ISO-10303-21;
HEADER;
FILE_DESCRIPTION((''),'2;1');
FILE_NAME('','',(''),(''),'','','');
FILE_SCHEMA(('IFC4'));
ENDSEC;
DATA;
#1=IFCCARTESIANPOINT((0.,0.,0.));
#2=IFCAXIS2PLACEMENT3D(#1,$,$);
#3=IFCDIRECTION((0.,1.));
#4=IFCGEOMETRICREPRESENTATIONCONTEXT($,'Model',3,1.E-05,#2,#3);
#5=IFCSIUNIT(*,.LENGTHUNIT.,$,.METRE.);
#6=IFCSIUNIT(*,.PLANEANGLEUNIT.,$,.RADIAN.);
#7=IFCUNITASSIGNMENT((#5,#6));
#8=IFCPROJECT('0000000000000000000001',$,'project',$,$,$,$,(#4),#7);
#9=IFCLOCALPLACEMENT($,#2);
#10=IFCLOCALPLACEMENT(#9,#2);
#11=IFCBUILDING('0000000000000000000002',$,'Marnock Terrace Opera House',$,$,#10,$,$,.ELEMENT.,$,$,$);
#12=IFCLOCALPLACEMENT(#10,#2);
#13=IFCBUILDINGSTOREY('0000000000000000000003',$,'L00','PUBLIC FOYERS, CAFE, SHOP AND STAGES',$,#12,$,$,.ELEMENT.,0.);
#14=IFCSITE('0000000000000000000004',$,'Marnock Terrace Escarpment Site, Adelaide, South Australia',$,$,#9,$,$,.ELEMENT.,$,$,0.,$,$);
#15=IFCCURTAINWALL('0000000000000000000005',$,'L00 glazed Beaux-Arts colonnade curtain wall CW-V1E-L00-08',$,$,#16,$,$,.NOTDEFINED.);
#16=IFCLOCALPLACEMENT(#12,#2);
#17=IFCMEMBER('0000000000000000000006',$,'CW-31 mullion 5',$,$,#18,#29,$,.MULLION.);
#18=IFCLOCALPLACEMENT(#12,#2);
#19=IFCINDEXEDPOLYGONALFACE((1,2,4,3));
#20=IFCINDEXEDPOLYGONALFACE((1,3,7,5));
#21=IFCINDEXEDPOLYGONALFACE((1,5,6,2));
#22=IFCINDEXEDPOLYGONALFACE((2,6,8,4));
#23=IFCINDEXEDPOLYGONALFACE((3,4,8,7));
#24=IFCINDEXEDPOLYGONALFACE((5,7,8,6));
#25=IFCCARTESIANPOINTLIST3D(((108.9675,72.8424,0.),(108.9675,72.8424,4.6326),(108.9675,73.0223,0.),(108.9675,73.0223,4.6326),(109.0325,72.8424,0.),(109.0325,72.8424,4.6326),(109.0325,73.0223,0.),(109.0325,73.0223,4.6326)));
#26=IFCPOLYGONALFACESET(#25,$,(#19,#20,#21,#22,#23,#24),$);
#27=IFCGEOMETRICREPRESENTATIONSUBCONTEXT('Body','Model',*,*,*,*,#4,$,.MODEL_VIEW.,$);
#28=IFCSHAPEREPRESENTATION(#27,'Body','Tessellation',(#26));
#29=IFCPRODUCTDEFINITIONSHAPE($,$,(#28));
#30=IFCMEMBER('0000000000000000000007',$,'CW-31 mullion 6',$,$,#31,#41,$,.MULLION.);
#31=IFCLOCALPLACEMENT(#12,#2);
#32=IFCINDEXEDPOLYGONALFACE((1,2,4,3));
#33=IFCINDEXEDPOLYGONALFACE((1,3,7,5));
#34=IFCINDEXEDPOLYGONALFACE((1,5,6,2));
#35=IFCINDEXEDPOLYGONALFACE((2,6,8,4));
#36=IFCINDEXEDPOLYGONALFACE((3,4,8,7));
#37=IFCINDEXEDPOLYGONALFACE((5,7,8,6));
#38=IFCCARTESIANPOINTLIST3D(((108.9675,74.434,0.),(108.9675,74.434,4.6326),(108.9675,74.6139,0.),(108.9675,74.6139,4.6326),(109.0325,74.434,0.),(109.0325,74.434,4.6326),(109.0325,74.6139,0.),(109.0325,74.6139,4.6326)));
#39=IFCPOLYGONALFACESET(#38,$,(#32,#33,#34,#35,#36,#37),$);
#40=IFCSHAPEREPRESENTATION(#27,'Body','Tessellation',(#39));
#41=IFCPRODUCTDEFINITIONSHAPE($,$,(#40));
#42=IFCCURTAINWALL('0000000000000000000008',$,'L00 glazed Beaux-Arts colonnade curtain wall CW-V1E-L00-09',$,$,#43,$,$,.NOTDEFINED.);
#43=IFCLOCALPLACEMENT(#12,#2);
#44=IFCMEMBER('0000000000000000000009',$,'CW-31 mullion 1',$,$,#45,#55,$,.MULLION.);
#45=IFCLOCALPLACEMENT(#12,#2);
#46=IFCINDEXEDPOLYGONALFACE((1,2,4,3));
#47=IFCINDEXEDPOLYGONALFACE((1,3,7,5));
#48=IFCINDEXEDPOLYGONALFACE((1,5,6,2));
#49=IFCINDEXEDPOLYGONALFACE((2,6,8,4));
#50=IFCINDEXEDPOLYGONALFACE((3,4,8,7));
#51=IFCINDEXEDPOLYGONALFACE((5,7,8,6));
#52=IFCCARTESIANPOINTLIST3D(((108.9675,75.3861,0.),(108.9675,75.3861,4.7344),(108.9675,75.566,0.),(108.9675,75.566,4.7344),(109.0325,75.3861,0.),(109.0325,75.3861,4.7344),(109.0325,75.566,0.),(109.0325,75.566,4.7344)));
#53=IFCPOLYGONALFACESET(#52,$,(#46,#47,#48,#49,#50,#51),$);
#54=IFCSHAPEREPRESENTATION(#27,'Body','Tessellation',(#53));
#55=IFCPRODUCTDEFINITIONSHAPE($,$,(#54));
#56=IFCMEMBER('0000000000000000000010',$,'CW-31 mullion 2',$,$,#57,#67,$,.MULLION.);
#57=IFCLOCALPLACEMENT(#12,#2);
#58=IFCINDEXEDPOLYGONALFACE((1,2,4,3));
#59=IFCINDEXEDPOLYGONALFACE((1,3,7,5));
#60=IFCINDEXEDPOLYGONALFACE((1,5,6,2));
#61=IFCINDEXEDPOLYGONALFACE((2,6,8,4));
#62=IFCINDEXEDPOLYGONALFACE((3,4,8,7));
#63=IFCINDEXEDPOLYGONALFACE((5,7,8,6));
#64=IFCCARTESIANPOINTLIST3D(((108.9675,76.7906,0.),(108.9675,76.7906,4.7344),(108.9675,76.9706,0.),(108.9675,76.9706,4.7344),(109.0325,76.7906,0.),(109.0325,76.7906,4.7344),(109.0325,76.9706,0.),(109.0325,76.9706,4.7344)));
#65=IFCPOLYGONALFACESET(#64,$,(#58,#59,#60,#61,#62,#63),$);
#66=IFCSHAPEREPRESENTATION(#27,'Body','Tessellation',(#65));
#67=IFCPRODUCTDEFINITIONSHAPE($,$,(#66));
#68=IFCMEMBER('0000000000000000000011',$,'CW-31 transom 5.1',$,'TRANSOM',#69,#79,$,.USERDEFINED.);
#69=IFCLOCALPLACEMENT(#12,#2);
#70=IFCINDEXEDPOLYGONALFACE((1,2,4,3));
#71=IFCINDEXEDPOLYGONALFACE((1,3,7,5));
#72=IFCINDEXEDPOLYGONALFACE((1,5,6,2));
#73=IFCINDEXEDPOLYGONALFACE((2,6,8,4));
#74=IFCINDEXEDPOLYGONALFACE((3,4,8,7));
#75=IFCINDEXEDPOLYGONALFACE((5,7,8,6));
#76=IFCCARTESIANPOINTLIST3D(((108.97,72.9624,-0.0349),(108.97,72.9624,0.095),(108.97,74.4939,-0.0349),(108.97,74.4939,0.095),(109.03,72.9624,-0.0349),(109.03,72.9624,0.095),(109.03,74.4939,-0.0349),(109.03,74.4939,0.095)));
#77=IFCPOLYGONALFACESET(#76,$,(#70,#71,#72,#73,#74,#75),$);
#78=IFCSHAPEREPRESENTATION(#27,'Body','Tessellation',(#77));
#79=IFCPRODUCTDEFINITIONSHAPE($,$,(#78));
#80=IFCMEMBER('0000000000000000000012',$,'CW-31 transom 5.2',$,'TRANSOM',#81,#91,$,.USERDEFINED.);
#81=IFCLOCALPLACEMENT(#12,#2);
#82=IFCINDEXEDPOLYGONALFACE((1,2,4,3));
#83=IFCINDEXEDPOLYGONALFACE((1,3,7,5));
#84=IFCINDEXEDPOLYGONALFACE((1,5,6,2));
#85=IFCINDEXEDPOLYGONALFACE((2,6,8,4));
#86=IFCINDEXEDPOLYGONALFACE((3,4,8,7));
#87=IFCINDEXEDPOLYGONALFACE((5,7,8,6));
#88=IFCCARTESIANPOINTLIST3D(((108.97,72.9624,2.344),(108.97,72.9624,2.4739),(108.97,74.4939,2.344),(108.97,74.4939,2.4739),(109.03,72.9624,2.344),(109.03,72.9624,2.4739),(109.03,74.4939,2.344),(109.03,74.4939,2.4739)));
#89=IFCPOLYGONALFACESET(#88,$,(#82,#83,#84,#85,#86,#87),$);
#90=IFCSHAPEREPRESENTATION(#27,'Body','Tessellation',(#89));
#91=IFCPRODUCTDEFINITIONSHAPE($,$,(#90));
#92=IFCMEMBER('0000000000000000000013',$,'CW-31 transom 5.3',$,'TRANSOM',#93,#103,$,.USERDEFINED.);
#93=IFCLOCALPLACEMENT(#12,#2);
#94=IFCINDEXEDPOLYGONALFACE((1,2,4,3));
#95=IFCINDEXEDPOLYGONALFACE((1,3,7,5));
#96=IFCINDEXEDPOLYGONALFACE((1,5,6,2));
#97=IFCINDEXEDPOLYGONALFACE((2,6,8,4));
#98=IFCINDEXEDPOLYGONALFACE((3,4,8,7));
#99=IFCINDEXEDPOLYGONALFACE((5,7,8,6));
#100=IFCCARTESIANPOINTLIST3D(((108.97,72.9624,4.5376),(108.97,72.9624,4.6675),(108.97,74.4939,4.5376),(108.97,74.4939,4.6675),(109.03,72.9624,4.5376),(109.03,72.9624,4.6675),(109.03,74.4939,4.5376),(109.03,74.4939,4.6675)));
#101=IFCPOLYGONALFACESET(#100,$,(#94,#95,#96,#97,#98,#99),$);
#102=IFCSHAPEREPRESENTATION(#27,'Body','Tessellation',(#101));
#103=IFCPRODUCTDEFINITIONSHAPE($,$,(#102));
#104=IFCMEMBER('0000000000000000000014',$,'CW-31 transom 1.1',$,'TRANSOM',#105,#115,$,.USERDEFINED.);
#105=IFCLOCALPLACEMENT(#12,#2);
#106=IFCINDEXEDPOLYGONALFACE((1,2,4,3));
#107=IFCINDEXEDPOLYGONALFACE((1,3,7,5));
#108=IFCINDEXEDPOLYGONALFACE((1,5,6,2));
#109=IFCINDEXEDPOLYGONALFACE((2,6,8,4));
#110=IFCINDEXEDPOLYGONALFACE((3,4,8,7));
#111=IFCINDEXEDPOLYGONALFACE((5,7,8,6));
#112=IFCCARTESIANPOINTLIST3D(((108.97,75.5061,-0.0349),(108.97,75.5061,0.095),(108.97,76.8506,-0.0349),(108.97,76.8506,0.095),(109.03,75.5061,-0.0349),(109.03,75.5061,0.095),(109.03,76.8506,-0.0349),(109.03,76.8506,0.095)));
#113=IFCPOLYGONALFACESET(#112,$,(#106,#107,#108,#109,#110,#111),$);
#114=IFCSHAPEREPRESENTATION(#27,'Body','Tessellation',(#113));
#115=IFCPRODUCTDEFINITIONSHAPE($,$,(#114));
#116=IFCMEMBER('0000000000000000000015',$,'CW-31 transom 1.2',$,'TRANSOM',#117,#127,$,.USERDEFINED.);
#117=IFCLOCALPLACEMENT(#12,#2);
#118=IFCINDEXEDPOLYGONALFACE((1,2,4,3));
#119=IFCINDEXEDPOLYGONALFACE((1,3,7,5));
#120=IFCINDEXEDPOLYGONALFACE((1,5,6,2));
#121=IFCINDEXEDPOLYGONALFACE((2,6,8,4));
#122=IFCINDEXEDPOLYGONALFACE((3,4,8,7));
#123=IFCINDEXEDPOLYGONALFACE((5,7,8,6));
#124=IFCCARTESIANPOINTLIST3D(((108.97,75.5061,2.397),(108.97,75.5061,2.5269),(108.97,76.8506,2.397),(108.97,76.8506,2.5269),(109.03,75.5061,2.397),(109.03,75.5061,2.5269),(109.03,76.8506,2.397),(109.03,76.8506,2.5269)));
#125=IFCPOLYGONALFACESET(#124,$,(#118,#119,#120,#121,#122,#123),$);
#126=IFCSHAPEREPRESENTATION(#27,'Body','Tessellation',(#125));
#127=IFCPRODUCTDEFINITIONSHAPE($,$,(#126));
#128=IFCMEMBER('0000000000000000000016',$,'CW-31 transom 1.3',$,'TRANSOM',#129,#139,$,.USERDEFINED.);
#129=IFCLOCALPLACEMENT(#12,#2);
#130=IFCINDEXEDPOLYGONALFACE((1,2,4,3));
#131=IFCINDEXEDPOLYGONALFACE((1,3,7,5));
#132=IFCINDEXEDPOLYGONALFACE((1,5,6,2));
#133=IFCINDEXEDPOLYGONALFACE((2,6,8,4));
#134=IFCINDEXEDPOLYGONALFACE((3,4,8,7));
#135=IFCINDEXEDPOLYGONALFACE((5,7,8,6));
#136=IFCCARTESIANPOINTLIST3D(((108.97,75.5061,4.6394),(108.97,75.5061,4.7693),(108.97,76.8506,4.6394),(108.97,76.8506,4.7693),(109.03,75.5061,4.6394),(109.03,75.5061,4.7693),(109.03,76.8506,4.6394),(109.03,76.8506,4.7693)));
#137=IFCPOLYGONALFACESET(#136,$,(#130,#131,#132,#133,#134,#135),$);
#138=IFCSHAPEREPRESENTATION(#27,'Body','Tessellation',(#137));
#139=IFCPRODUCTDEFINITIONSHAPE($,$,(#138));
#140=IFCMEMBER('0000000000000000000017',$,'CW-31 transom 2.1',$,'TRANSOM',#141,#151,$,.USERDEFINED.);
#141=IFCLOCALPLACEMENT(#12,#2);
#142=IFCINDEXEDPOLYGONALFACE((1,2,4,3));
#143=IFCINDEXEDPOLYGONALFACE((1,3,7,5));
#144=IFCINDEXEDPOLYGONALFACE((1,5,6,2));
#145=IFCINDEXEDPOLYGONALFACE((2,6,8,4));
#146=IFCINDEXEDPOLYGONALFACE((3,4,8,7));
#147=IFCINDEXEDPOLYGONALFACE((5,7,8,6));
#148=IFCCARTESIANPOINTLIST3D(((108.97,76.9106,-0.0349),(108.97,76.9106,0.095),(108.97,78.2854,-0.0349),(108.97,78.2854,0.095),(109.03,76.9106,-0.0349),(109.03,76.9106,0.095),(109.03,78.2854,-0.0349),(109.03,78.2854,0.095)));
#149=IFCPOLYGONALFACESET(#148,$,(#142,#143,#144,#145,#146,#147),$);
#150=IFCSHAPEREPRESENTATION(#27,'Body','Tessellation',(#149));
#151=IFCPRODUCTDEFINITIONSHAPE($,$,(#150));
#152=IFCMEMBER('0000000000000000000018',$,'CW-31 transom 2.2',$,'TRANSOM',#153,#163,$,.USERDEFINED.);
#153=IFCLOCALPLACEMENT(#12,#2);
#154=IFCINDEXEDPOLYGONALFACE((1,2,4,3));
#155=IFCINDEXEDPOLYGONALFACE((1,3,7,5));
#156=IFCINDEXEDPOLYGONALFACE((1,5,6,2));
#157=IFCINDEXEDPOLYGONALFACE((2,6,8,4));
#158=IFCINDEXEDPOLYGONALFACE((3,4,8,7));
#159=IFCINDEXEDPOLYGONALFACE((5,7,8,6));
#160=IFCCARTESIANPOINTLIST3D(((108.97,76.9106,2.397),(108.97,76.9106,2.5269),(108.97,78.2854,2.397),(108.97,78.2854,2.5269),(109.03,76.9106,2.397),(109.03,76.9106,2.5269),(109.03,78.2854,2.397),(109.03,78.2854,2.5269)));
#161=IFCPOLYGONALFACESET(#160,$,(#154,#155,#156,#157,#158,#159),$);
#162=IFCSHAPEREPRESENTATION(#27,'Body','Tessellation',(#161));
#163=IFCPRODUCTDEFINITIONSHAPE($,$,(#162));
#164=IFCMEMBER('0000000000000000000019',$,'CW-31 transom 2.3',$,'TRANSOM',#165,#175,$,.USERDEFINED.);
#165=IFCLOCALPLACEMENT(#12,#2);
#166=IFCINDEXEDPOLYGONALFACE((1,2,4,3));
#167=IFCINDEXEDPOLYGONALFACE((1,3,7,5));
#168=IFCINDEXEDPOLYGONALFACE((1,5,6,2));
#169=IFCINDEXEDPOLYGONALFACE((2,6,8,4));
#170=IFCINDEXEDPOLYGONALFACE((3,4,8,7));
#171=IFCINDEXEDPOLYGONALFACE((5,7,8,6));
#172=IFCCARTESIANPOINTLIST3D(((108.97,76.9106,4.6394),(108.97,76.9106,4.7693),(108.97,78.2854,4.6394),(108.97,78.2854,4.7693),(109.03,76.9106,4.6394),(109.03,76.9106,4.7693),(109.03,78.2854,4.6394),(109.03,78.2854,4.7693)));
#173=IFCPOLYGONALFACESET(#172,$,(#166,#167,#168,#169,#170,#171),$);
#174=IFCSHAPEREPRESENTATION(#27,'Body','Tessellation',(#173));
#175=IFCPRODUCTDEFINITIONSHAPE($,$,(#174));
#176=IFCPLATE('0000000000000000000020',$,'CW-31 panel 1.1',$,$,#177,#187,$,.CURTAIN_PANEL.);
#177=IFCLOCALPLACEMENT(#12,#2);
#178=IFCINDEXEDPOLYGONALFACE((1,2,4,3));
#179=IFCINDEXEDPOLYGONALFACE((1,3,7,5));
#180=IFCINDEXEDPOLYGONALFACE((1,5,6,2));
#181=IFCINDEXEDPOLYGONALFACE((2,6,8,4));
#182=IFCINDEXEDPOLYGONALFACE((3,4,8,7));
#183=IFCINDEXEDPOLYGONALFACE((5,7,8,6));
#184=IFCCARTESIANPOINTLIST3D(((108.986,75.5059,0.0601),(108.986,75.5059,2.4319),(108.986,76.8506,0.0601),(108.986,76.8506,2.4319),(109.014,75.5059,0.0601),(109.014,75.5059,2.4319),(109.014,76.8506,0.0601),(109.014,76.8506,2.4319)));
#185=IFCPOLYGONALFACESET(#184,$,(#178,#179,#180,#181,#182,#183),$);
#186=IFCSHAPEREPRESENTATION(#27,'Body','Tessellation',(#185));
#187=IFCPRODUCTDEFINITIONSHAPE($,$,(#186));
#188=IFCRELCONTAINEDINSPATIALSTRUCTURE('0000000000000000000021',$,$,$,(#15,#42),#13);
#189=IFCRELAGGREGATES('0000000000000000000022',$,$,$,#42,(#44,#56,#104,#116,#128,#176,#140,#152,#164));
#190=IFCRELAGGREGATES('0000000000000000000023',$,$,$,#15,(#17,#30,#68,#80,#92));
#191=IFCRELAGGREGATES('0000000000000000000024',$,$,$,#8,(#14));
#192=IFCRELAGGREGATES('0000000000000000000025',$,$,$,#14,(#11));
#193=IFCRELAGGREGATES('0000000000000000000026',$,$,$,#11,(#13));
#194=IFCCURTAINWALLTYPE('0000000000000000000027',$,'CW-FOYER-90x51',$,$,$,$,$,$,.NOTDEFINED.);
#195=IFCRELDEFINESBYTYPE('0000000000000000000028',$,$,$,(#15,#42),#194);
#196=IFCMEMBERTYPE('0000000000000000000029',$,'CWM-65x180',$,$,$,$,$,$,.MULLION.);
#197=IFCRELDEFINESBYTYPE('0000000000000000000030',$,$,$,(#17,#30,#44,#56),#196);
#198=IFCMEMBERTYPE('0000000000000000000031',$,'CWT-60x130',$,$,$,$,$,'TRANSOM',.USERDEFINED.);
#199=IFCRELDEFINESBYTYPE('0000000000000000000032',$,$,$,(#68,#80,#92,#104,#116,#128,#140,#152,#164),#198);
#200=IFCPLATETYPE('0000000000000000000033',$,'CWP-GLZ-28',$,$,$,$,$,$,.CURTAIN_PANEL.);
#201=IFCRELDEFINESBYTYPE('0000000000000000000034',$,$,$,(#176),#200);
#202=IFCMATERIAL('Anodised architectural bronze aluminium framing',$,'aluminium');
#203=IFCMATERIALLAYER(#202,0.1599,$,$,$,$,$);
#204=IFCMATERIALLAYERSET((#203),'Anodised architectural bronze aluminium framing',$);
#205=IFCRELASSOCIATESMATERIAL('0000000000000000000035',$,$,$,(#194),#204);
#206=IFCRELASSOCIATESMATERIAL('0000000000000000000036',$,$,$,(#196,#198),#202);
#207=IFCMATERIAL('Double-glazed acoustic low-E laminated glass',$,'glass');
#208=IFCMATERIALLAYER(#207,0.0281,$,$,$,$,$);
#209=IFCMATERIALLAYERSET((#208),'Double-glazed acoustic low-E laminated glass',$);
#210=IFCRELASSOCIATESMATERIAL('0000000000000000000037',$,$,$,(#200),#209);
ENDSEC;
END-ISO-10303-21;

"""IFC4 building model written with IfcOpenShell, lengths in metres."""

from ifc_helpers import new_model, si_unit, direction, frame, origin, origin_2d, place, context, subcontext, project, spatial, rectangle, extrude, material, layer, layer_set, material_profile, profile_set, type_object, element, aggregate, save


model = new_model("IFC4")

# Units and contexts
model_context = context("Model", 3, precision=1e-05, world=origin(), true_north=direction((0.0, 1.0)))
body_context = subcontext(model_context, "Body", "Model", "MODEL_VIEW")
ifc_project = project(units=[si_unit("LENGTHUNIT", "METRE"), si_unit("PLANEANGLEUNIT", "RADIAN")], contexts=[model_context])

# Site, building, storey
site_placement = place(None, origin())
site = spatial("IfcSite", under=ifc_project, at=site_placement, Name="Marnock Terrace Escarpment Site, Adelaide, South Australia", CompositionType="ELEMENT", RefElevation=0.0)
building_placement = place(site_placement, origin())
building = spatial("IfcBuilding", under=site, at=building_placement, Name="Marnock Terrace Opera House", CompositionType="ELEMENT")
storey_placement = place(building_placement, origin())
storey = spatial("IfcBuildingStorey", under=building, at=storey_placement, Name="L00", Description="PUBLIC FOYERS, CAFE, SHOP AND STAGES", CompositionType="ELEMENT", Elevation=0.0)

# Curtain walls, members
ifc_material_1 = material(Name="Anodised architectural bronze aluminium framing", Category="aluminium")
ifc_layer_1 = layer(ifc_material_1, 0.1599)
ifc_layer_set_1 = layer_set([ifc_layer_1], Name="Anodised architectural bronze aluminium framing")
curtain_wall_type = type_object("IfcCurtainWallType", Name="CW-FOYER-90x51", PredefinedType="NOTDEFINED", material=ifc_layer_set_1)
curtain_wall_1_placement = place(storey_placement, origin())
curtain_wall_1 = element("IfcCurtainWall", 1, at=curtain_wall_1_placement, inside=storey, type_object=curtain_wall_type, Name="L00 glazed Beaux-Arts colonnade curtain wall CW-V1E-L00-08", PredefinedType="NOTDEFINED")
ifc_material_profile_1 = material_profile(ifc_material_1, rectangle(XDim=0.0649, YDim=0.1799, at=origin_2d()))
ifc_profile_set_1 = profile_set([ifc_material_profile_1], Name="Anodised architectural bronze aluminium framing")
member_type_1 = type_object("IfcMemberType", Name="CWM-65x180", PredefinedType="MULLION", material=ifc_profile_set_1)
member_1_placement = place(storey_placement, frame((109.0, 72.9324, 0.0), z_axis=(0.0, 0.0, 1.0), x_axis=(-1.0, 0.0, 0.0)))
member_1 = element("IfcMember", 2, at=member_1_placement, type_object=member_type_1, Name="CW-31 mullion 5", PredefinedType="MULLION", context=body_context, shape_type="SweptSolid", body=[
    extrude(rectangle(XDim=0.0649, YDim=0.1799, at=origin_2d()), origin(), (0.0, 0.0, 1.0), 4.6326),
])
member_2_placement = place(storey_placement, frame((109.0, 74.5239, 0.0), z_axis=(0.0, 0.0, 1.0), x_axis=(-1.0, 0.0, 0.0)))
member_2 = element("IfcMember", 3, at=member_2_placement, type_object=member_type_1, Name="CW-31 mullion 6", PredefinedType="MULLION", context=body_context, shape_type="SweptSolid", body=[
    extrude(rectangle(XDim=0.0649, YDim=0.1799, at=origin_2d()), origin(), (0.0, 0.0, 1.0), 4.6326),
])
curtain_wall_2_placement = place(storey_placement, origin())
curtain_wall_2 = element("IfcCurtainWall", 4, at=curtain_wall_2_placement, inside=storey, type_object=curtain_wall_type, Name="L00 glazed Beaux-Arts colonnade curtain wall CW-V1E-L00-09", PredefinedType="NOTDEFINED")
member_3_placement = place(storey_placement, frame((109.0, 75.4761, 0.0), z_axis=(0.0, 0.0, 1.0), x_axis=(-1.0, 0.0, 0.0)))
member_3 = element("IfcMember", 5, at=member_3_placement, type_object=member_type_1, Name="CW-31 mullion 1", PredefinedType="MULLION", context=body_context, shape_type="SweptSolid", body=[
    extrude(rectangle(XDim=0.0649, YDim=0.1799, at=origin_2d()), origin(), (0.0, 0.0, 1.0), 4.7344),
])
member_4_placement = place(storey_placement, frame((109.0, 76.8806, 0.0), z_axis=(0.0, 0.0, 1.0), x_axis=(-1.0, 0.0, 0.0)))
member_4 = element("IfcMember", 6, at=member_4_placement, type_object=member_type_1, Name="CW-31 mullion 2", PredefinedType="MULLION", context=body_context, shape_type="SweptSolid", body=[
    extrude(rectangle(XDim=0.0649, YDim=0.1799, at=origin_2d()), origin(), (0.0, 0.0, 1.0), 4.7344),
])

# Members
ifc_material_profile_2 = material_profile(ifc_material_1, rectangle(XDim=0.0601, YDim=0.1299, at=origin_2d()))
ifc_profile_set_2 = profile_set([ifc_material_profile_2], Name="Anodised architectural bronze aluminium framing")
member_type_2 = type_object("IfcMemberType", Name="CWT-60x130", ElementType="TRANSOM", PredefinedType="USERDEFINED", material=ifc_profile_set_2)
member_5_placement = place(storey_placement, frame((109.0, 72.9624, 0.03), z_axis=(0.0, 1.0, 0.0), x_axis=(-1.0, 0.0, 0.0)))
member_5 = element("IfcMember", 7, at=member_5_placement, type_object=member_type_2, Name="CW-31 transom 5.1", ObjectType="TRANSOM", PredefinedType="USERDEFINED", context=body_context, shape_type="SweptSolid", body=[
    extrude(rectangle(XDim=0.0601, YDim=0.1299, at=origin_2d()), origin(), (0.0, 0.0, 1.0), 1.5315),
])
member_6_placement = place(storey_placement, frame((109.0, 72.9624, 2.4089), z_axis=(0.0, 1.0, 0.0), x_axis=(-1.0, 0.0, 0.0)))
member_6 = element("IfcMember", 8, at=member_6_placement, type_object=member_type_2, Name="CW-31 transom 5.2", ObjectType="TRANSOM", PredefinedType="USERDEFINED", context=body_context, shape_type="SweptSolid", body=[
    extrude(rectangle(XDim=0.0601, YDim=0.1299, at=origin_2d()), origin(), (0.0, 0.0, 1.0), 1.5315),
])
member_7_placement = place(storey_placement, frame((109.0, 72.9624, 4.6025), z_axis=(0.0, 1.0, 0.0), x_axis=(-1.0, 0.0, 0.0)))
member_7 = element("IfcMember", 9, at=member_7_placement, type_object=member_type_2, Name="CW-31 transom 5.3", ObjectType="TRANSOM", PredefinedType="USERDEFINED", context=body_context, shape_type="SweptSolid", body=[
    extrude(rectangle(XDim=0.0601, YDim=0.1299, at=origin_2d()), origin(), (0.0, 0.0, 1.0), 1.5315),
])
member_8_placement = place(storey_placement, frame((109.0, 75.5061, 0.03), z_axis=(0.0, 1.0, 0.0), x_axis=(-1.0, 0.0, 0.0)))
member_8 = element("IfcMember", 10, at=member_8_placement, type_object=member_type_2, Name="CW-31 transom 1.1", ObjectType="TRANSOM", PredefinedType="USERDEFINED", context=body_context, shape_type="SweptSolid", body=[
    extrude(rectangle(XDim=0.0601, YDim=0.1299, at=origin_2d()), origin(), (0.0, 0.0, 1.0), 1.3445),
])
member_9_placement = place(storey_placement, frame((109.0, 75.5061, 2.4619), z_axis=(0.0, 1.0, 0.0), x_axis=(-1.0, 0.0, 0.0)))
member_9 = element("IfcMember", 11, at=member_9_placement, type_object=member_type_2, Name="CW-31 transom 1.2", ObjectType="TRANSOM", PredefinedType="USERDEFINED", context=body_context, shape_type="SweptSolid", body=[
    extrude(rectangle(XDim=0.0601, YDim=0.1299, at=origin_2d()), origin(), (0.0, 0.0, 1.0), 1.3445),
])
member_10_placement = place(storey_placement, frame((109.0, 75.5061, 4.7043), z_axis=(0.0, 1.0, 0.0), x_axis=(-1.0, 0.0, 0.0)))
member_10 = element("IfcMember", 12, at=member_10_placement, type_object=member_type_2, Name="CW-31 transom 1.3", ObjectType="TRANSOM", PredefinedType="USERDEFINED", context=body_context, shape_type="SweptSolid", body=[
    extrude(rectangle(XDim=0.0601, YDim=0.1299, at=origin_2d()), origin(), (0.0, 0.0, 1.0), 1.3445),
])
member_11_placement = place(storey_placement, frame((109.0, 76.9106, 0.03), z_axis=(0.0, 1.0, 0.0), x_axis=(-1.0, 0.0, 0.0)))
member_11 = element("IfcMember", 13, at=member_11_placement, type_object=member_type_2, Name="CW-31 transom 2.1", ObjectType="TRANSOM", PredefinedType="USERDEFINED", context=body_context, shape_type="SweptSolid", body=[
    extrude(rectangle(XDim=0.0601, YDim=0.1299, at=origin_2d()), origin(), (0.0, 0.0, 1.0), 1.3748),
])
member_12_placement = place(storey_placement, frame((109.0, 76.9106, 2.4619), z_axis=(0.0, 1.0, 0.0), x_axis=(-1.0, 0.0, 0.0)))
member_12 = element("IfcMember", 14, at=member_12_placement, type_object=member_type_2, Name="CW-31 transom 2.2", ObjectType="TRANSOM", PredefinedType="USERDEFINED", context=body_context, shape_type="SweptSolid", body=[
    extrude(rectangle(XDim=0.0601, YDim=0.1299, at=origin_2d()), origin(), (0.0, 0.0, 1.0), 1.3748),
])
member_13_placement = place(storey_placement, frame((109.0, 76.9106, 4.7043), z_axis=(0.0, 1.0, 0.0), x_axis=(-1.0, 0.0, 0.0)))
member_13 = element("IfcMember", 15, at=member_13_placement, type_object=member_type_2, Name="CW-31 transom 2.3", ObjectType="TRANSOM", PredefinedType="USERDEFINED", context=body_context, shape_type="SweptSolid", body=[
    extrude(rectangle(XDim=0.0601, YDim=0.1299, at=origin_2d()), origin(), (0.0, 0.0, 1.0), 1.3748),
])

# Plate
ifc_material_2 = material(Name="Double-glazed acoustic low-E laminated glass", Category="glass")
ifc_layer_2 = layer(ifc_material_2, 0.0281)
ifc_layer_set_2 = layer_set([ifc_layer_2], Name="Double-glazed acoustic low-E laminated glass")
plate_type_1 = type_object("IfcPlateType", Name="CWP-GLZ-28", PredefinedType="CURTAIN_PANEL", material=ifc_layer_set_2)
plate_1_placement = place(storey_placement, frame((109.0, 76.1782, 0.0601), z_axis=(0.0, 0.0, 1.0), x_axis=(0.0, 1.0, 0.0)))
plate_1 = element("IfcPlate", 16, at=plate_1_placement, type_object=plate_type_1, Name="CW-31 panel 1.1", PredefinedType="CURTAIN_PANEL", context=body_context, shape_type="SweptSolid", body=[
    extrude(rectangle(XDim=1.3447, YDim=0.0281, at=origin_2d()), origin(), (0.0, 0.0, 1.0), 2.3718),
])
aggregate(curtain_wall_2, [member_3, member_4, member_8, member_9, member_10, plate_1, member_11, member_12, member_13])
aggregate(curtain_wall_1, [member_1, member_2, member_5, member_6, member_7])

save(model, "model.ifc")
